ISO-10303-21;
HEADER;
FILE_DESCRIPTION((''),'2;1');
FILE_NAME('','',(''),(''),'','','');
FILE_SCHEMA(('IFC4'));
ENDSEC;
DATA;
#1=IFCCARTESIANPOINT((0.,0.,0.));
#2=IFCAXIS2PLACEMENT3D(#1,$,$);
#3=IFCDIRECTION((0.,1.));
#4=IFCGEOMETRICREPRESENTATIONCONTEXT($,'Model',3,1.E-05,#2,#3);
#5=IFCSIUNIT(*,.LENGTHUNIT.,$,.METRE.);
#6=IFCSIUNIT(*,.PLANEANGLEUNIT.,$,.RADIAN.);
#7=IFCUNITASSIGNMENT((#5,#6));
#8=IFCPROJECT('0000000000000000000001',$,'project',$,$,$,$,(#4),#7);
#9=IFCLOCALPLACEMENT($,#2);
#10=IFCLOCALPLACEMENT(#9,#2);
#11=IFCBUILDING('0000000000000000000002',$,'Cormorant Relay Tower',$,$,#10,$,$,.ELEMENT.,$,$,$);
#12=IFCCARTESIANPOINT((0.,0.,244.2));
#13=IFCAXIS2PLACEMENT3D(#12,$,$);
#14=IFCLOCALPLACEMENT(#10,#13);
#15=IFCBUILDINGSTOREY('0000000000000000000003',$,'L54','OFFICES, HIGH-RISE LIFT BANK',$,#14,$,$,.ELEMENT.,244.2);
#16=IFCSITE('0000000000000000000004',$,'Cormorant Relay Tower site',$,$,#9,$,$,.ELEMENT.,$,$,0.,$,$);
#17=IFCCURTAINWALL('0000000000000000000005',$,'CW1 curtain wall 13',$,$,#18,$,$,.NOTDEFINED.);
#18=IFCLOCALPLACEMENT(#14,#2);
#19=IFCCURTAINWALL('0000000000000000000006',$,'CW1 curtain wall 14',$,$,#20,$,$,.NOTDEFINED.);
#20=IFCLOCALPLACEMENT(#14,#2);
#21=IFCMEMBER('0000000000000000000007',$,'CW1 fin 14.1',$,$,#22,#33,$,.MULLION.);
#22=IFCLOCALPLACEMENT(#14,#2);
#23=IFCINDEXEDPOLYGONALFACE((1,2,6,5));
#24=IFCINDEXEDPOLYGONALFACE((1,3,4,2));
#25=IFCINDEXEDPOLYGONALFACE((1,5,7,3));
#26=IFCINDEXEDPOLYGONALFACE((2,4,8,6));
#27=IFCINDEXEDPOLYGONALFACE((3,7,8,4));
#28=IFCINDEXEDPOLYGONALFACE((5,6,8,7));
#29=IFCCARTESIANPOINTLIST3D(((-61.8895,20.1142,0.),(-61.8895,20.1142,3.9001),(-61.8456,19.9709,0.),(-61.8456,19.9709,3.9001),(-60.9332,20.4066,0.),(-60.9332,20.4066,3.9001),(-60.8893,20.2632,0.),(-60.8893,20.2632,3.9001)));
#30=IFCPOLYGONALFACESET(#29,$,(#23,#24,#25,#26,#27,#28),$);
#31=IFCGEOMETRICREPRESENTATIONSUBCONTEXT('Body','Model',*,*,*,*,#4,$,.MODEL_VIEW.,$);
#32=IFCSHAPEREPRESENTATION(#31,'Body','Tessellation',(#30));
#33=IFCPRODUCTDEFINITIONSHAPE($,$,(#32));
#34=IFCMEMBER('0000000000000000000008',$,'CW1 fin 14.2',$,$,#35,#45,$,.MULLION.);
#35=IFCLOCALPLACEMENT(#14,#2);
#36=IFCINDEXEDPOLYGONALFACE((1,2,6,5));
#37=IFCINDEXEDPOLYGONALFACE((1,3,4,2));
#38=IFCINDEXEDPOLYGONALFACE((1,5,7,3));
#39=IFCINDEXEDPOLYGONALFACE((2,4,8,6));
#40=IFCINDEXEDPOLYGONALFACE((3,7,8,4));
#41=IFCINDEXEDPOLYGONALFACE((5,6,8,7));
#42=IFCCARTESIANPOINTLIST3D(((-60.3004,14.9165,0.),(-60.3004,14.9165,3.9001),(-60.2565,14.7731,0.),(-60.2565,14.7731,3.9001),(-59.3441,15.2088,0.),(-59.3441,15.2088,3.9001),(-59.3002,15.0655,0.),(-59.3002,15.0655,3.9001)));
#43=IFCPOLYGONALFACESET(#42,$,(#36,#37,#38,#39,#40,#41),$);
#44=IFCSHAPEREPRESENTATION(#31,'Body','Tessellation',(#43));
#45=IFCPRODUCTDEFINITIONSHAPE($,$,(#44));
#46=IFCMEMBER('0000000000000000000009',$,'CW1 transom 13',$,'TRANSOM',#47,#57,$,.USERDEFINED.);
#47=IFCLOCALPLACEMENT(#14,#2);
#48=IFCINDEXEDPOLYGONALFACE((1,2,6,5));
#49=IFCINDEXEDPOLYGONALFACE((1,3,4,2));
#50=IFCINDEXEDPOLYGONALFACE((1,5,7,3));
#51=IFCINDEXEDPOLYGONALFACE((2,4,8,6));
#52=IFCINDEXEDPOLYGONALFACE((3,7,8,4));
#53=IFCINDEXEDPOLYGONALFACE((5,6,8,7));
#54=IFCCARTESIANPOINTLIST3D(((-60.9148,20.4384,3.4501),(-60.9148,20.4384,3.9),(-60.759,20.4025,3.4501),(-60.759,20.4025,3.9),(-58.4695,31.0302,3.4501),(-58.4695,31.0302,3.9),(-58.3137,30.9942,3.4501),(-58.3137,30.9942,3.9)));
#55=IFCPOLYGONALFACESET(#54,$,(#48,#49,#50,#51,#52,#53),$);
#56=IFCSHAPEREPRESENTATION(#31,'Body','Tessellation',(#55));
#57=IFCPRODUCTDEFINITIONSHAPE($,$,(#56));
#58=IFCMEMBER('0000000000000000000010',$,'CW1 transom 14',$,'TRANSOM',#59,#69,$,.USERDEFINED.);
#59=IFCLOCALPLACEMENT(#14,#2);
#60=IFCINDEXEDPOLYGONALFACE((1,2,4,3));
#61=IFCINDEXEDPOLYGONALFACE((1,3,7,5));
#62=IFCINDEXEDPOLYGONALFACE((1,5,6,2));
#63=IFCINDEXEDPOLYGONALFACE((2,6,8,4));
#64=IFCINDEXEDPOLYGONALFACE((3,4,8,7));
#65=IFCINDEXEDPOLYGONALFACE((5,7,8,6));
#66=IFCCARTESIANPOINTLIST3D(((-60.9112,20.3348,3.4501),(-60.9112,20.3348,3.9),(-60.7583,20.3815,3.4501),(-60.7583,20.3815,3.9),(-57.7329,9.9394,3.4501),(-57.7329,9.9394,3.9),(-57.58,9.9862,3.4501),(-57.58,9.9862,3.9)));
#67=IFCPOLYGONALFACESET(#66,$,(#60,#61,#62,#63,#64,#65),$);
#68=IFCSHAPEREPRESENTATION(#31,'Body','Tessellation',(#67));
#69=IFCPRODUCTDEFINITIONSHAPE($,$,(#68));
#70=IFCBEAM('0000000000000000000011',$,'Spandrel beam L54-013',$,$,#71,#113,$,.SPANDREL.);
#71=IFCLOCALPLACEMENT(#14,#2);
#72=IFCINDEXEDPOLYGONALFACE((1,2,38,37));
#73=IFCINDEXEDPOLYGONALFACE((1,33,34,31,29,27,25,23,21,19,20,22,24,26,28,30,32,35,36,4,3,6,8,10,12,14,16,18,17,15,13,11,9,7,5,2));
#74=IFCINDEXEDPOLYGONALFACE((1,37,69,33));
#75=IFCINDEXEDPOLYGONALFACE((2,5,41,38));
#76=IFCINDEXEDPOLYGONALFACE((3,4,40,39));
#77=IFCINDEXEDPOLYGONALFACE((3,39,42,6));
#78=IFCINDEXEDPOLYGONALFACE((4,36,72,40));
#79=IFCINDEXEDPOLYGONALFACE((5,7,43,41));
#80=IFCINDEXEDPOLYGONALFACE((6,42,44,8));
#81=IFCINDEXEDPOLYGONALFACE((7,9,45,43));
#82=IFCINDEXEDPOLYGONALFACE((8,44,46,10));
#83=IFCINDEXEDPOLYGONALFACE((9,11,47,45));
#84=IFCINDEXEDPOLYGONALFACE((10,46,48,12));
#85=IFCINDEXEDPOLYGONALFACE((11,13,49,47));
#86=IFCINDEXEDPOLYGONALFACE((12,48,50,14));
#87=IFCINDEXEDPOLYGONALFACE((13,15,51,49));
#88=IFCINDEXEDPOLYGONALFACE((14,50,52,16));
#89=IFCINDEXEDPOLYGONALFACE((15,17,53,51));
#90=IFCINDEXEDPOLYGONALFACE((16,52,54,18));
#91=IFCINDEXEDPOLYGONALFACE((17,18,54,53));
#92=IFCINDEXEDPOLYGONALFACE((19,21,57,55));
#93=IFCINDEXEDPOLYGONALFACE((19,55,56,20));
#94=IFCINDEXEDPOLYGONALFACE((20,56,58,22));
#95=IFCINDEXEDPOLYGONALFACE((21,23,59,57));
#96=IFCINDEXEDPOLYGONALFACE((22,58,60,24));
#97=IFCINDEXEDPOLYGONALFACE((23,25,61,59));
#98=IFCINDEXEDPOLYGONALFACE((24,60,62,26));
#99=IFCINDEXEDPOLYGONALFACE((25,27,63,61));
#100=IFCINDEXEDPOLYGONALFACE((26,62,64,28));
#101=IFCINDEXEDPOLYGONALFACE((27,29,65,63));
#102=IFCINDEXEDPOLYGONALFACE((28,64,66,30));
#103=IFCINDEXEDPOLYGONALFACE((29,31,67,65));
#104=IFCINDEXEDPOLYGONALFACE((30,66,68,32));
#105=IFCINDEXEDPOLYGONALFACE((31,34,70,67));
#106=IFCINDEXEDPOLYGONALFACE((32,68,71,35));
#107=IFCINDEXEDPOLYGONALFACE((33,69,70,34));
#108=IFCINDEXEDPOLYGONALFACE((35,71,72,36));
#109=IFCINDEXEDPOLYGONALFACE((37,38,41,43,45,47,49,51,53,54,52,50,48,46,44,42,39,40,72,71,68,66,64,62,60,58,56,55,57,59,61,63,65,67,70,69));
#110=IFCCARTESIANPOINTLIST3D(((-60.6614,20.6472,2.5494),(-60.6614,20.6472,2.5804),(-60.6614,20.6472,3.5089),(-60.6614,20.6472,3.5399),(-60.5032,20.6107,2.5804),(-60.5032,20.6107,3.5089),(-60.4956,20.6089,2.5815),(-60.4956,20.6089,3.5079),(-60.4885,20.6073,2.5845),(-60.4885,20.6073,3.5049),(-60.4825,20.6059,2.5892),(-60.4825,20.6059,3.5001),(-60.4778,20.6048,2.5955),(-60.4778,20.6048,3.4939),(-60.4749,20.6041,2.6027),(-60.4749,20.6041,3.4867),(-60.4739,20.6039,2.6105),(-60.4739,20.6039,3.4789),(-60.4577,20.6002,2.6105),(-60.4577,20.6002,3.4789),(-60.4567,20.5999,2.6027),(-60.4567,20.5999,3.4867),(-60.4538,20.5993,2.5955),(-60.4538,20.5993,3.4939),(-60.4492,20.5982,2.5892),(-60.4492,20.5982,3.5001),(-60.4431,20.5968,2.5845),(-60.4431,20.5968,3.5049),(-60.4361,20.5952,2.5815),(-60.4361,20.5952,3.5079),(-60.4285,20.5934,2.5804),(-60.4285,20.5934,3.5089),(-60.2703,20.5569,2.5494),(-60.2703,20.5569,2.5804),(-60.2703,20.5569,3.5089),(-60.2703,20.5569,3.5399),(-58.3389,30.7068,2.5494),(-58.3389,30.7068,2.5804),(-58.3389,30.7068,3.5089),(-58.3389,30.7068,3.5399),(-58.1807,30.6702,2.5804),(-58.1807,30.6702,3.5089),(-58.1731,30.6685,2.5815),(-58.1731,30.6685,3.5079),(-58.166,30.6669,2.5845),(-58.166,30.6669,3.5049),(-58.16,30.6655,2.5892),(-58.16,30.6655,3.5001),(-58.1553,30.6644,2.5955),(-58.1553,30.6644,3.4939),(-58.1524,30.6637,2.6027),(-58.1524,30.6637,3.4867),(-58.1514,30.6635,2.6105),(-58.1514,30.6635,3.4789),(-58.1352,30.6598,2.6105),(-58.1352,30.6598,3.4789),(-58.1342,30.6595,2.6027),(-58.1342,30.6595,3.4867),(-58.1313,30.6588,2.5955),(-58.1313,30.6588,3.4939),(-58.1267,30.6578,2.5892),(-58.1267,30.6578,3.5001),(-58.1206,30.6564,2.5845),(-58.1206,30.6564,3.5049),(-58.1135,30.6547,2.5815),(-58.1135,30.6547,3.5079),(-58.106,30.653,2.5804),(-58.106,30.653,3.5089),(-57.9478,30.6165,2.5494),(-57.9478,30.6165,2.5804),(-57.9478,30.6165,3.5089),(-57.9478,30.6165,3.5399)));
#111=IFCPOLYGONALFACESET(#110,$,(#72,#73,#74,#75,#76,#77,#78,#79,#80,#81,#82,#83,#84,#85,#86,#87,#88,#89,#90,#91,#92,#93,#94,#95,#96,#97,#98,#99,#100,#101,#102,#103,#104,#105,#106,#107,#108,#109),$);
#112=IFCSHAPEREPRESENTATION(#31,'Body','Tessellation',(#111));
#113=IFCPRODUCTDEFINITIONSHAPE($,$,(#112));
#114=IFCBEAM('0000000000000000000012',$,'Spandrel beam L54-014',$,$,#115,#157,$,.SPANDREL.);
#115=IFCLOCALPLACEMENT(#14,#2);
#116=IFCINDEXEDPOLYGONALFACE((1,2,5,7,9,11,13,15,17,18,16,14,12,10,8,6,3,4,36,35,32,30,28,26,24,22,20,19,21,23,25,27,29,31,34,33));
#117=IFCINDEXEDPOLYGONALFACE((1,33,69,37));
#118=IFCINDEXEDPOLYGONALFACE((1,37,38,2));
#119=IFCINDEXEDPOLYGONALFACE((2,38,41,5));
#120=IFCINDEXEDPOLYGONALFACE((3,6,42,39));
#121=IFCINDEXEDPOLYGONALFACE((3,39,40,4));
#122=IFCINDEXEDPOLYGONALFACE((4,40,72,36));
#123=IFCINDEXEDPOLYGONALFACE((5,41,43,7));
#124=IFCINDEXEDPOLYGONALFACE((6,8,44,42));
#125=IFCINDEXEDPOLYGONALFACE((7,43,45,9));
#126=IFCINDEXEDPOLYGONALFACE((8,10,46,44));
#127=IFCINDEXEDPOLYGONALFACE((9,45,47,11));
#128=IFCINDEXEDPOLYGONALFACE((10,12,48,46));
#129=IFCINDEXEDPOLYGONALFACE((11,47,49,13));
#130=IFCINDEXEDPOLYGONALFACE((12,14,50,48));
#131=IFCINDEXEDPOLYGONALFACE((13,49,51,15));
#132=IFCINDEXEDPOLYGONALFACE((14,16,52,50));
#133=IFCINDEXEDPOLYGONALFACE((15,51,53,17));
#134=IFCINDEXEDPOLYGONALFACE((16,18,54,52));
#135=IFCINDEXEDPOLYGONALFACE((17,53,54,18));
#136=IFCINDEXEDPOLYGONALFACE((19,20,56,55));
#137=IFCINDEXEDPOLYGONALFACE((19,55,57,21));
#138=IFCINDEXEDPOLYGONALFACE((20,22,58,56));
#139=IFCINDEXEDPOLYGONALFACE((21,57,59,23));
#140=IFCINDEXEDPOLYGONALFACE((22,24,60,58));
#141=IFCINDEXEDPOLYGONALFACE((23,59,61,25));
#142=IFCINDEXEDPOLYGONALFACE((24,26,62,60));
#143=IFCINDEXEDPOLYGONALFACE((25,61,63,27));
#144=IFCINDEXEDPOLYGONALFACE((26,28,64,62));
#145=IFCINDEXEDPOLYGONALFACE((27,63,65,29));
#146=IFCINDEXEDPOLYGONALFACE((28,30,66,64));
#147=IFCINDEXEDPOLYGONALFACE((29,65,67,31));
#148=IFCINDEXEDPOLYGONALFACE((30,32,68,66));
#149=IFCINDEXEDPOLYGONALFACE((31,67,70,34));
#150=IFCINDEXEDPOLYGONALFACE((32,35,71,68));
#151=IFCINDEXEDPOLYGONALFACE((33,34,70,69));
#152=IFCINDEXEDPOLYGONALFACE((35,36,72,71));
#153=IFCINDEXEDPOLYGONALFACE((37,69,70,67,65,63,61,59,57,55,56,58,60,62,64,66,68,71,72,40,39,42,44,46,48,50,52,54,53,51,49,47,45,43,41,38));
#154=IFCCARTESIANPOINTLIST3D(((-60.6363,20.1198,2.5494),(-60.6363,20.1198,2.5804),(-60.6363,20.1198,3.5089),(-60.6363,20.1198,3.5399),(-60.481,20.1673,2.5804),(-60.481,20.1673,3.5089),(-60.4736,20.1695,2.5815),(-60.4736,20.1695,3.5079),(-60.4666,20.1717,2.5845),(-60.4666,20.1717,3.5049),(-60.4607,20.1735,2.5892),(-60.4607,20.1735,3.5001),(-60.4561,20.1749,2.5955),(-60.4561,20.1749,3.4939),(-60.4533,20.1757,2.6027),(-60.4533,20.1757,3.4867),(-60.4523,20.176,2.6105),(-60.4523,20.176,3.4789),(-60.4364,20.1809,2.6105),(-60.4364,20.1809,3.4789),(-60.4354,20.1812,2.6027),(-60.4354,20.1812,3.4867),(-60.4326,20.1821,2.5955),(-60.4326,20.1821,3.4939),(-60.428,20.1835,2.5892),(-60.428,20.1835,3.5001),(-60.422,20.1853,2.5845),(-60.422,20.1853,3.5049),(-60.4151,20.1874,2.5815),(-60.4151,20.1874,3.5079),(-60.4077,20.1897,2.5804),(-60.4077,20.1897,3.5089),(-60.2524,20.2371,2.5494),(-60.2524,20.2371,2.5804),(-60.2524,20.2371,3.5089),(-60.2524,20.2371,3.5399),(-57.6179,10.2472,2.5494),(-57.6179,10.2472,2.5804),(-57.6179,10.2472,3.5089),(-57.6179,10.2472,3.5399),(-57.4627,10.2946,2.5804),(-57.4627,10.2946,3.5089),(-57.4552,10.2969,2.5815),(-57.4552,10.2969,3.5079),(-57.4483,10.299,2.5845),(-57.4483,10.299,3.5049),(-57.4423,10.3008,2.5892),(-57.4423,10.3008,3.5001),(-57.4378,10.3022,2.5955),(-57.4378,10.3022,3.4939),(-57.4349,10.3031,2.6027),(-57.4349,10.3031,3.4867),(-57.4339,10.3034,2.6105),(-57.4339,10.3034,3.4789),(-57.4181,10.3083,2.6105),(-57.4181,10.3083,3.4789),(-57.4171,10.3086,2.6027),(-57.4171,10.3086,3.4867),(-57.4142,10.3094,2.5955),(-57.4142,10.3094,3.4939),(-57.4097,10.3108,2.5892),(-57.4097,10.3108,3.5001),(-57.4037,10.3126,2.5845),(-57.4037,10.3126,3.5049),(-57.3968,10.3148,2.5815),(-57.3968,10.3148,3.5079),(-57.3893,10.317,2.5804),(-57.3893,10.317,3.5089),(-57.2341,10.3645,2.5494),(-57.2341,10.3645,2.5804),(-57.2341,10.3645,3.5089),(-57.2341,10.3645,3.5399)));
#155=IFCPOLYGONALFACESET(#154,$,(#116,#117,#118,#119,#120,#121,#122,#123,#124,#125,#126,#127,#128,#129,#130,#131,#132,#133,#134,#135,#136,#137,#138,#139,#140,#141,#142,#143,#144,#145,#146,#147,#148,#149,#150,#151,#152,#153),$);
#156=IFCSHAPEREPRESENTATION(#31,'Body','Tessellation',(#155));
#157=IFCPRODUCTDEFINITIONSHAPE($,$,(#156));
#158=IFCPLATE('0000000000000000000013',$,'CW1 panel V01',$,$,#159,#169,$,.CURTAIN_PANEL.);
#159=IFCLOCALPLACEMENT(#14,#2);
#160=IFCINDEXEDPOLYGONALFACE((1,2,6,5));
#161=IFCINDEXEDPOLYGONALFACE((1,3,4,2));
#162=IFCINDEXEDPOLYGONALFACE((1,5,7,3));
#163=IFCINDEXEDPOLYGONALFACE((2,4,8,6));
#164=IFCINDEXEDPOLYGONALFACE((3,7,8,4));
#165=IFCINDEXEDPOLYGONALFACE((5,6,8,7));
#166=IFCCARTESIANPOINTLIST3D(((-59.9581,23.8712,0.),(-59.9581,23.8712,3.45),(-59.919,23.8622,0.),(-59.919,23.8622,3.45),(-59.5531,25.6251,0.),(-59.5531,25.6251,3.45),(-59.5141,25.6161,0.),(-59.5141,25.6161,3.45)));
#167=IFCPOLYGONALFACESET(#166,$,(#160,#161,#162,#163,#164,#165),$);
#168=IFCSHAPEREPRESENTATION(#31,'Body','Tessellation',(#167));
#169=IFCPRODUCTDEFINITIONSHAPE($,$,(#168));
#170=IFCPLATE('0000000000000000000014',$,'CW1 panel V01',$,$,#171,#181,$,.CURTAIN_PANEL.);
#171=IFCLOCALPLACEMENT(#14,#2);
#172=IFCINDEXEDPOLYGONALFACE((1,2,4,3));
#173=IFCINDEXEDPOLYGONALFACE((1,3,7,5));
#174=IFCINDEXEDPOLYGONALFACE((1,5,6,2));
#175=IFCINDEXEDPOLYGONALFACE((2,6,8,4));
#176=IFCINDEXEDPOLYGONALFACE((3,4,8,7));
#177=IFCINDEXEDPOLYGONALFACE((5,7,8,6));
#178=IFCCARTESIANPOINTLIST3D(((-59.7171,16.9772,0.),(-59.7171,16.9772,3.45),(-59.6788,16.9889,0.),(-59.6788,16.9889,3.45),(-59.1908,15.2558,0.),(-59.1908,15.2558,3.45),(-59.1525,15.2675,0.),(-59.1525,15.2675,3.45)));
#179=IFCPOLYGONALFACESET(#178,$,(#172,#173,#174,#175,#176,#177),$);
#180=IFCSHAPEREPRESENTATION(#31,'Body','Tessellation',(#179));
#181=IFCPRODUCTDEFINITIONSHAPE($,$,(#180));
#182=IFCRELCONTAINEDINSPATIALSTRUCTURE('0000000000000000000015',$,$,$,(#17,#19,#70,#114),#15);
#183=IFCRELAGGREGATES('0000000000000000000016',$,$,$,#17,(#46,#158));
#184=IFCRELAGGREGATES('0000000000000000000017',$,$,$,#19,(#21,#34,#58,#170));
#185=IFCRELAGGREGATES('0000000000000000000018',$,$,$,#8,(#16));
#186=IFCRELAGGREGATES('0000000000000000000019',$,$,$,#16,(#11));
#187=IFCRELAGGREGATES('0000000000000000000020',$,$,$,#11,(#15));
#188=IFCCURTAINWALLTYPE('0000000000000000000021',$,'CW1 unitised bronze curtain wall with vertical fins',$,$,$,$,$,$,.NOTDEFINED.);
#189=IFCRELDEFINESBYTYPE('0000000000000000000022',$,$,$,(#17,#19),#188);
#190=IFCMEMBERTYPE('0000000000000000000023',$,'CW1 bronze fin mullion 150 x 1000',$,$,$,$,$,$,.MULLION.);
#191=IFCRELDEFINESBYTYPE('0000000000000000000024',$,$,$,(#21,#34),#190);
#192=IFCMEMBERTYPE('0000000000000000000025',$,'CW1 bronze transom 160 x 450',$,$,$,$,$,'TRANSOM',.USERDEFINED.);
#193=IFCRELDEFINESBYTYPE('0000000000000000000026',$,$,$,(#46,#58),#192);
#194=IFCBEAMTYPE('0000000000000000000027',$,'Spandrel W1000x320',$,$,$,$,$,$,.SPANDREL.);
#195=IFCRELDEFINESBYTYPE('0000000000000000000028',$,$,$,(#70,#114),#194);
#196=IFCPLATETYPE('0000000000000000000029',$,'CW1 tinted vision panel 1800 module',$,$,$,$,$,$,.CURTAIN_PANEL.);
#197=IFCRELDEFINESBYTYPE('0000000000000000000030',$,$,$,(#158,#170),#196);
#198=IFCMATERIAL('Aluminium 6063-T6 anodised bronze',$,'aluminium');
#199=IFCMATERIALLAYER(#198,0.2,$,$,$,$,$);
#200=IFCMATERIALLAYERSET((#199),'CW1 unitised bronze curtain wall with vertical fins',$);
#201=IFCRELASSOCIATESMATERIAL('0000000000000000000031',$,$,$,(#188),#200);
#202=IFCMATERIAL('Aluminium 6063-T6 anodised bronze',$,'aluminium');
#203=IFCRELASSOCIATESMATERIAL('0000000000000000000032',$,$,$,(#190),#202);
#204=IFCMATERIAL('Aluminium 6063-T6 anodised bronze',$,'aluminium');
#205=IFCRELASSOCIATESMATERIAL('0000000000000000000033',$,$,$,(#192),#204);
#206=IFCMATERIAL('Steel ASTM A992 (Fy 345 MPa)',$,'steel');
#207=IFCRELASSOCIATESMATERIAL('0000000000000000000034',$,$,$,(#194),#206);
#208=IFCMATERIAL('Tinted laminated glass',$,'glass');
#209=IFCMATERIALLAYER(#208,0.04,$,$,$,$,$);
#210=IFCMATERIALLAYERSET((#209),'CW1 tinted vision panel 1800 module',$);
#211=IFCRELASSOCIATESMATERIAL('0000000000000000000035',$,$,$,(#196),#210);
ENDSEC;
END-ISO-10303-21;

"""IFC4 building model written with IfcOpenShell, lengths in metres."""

from ifc_helpers import new_model, si_unit, direction, frame, origin, origin_2d, place, context, subcontext, project, spatial, rectangle, i_section, extrude, material, layer, layer_set, material_profile, profile_set, type_object, element, aggregate, save


model = new_model("IFC4")

# Units and contexts
model_context = context("Model", 3, precision=1e-05, world=origin(), true_north=direction((0.0, 1.0)))
body_context = subcontext(model_context, "Body", "Model", "MODEL_VIEW")
ifc_project = project(units=[si_unit("LENGTHUNIT", "METRE"), si_unit("PLANEANGLEUNIT", "RADIAN")], contexts=[model_context])

# Site, building, storey
site_placement = place(None, origin())
site = spatial("IfcSite", under=ifc_project, at=site_placement, Name="Cormorant Relay Tower site", CompositionType="ELEMENT", RefElevation=0.0)
building_placement = place(site_placement, origin())
building = spatial("IfcBuilding", under=site, at=building_placement, Name="Cormorant Relay Tower", CompositionType="ELEMENT")
storey_placement = place(building_placement, frame((0.0, 0.0, 244.2)))
storey = spatial("IfcBuildingStorey", under=building, at=storey_placement, Name="L54", Description="OFFICES, HIGH-RISE LIFT BANK", CompositionType="ELEMENT", Elevation=244.2)

# Curtain wall
ifc_material_1 = material(Name="Aluminium 6063-T6 anodised bronze", Category="aluminium")
ifc_layer_1 = layer(ifc_material_1, 0.2)
ifc_layer_set_1 = layer_set([ifc_layer_1], Name="CW1 unitised bronze curtain wall with vertical fins")
curtain_wall_type = type_object("IfcCurtainWallType", Name="CW1 unitised bronze curtain wall with vertical fins", PredefinedType="NOTDEFINED", material=ifc_layer_set_1)
curtain_wall_1_placement = place(storey_placement, origin())
curtain_wall_1 = element("IfcCurtainWall", 1, at=curtain_wall_1_placement, inside=storey, type_object=curtain_wall_type, Name="CW1 curtain wall 13", PredefinedType="NOTDEFINED")
ifc_material_2 = material(Name="Aluminium 6063-T6 anodised bronze", Category="aluminium")
ifc_material_profile_1 = material_profile(ifc_material_2, rectangle(XDim=0.1499, YDim=1.0, at=origin_2d()), Name="AL 150x1000")
ifc_profile_set_1 = profile_set([ifc_material_profile_1], Name="Aluminium 6063-T6 anodised bronze")
member_type_1 = type_object("IfcMemberType", Name="CW1 bronze fin mullion 150 x 1000", PredefinedType="MULLION", material=ifc_profile_set_1)

# Curtain wall, members
curtain_wall_2_placement = place(storey_placement, origin())
curtain_wall_2 = element("IfcCurtainWall", 2, at=curtain_wall_2_placement, inside=storey, type_object=curtain_wall_type, Name="CW1 curtain wall 14", PredefinedType="NOTDEFINED")
member_1_placement = place(storey_placement, frame((-61.3894, 20.1887, 0.0), z_axis=(0.0, 0.0, 1.0), x_axis=(0.292372, -0.956305, 0.0)))
member_1 = element("IfcMember", 3, at=member_1_placement, type_object=member_type_1, Name="CW1 fin 14.1", PredefinedType="MULLION", context=body_context, shape_type="SweptSolid", body=[
    extrude(rectangle(XDim=0.1499, YDim=1.0, at=origin_2d()), origin(), (0.0, 0.0, 1.0), 3.9001),
])
member_2_placement = place(storey_placement, frame((-59.8003, 14.991, 0.0), z_axis=(0.0, 0.0, 1.0), x_axis=(0.292372, -0.956305, 0.0)))
member_2 = element("IfcMember", 4, at=member_2_placement, type_object=member_type_1, Name="CW1 fin 14.2", PredefinedType="MULLION", context=body_context, shape_type="SweptSolid", body=[
    extrude(rectangle(XDim=0.1499, YDim=1.0, at=origin_2d()), origin(), (0.0, 0.0, 1.0), 3.9001),
])

# Members
ifc_material_3 = material(Name="Aluminium 6063-T6 anodised bronze", Category="aluminium")
ifc_material_profile_2 = material_profile(ifc_material_3, rectangle(XDim=0.1599, YDim=0.45, at=origin_2d()), Name="AL 160x450")
ifc_profile_set_2 = profile_set([ifc_material_profile_2], Name="Aluminium 6063-T6 anodised bronze")
member_type_2 = type_object("IfcMemberType", Name="CW1 bronze transom 160 x 450", ElementType="TRANSOM", PredefinedType="USERDEFINED", material=ifc_profile_set_2)
member_3_placement = place(storey_placement, frame((-58.3916, 31.0122, 3.675), z_axis=(-0.224951, -0.97437, 0.0), x_axis=(0.97437, -0.224951, 0.0)))
member_3 = element("IfcMember", 5, at=member_3_placement, type_object=member_type_2, Name="CW1 transom 13", ObjectType="TRANSOM", PredefinedType="USERDEFINED", context=body_context, shape_type="SweptSolid", body=[
    extrude(rectangle(XDim=0.1599, YDim=0.45, at=origin_2d()), origin(), (0.0, 0.0, 1.0), 10.8704),
])
member_4_placement = place(storey_placement, frame((-60.8347, 20.3582, 3.675), z_axis=(0.292378, -0.956303, 0.0), x_axis=(0.956303, 0.292378, 0.0)))
member_4 = element("IfcMember", 6, at=member_4_placement, type_object=member_type_2, Name="CW1 transom 14", ObjectType="TRANSOM", PredefinedType="USERDEFINED", context=body_context, shape_type="SweptSolid", body=[
    extrude(rectangle(XDim=0.1599, YDim=0.45, at=origin_2d()), origin(), (0.0, 0.0, 1.0), 10.8704),
])

# Beams
ifc_material_4 = material(Name="Steel ASTM A992 (Fy 345 MPa)", Category="steel")
ifc_material_profile_3 = material_profile(ifc_material_4, i_section(OverallWidth=0.4014, OverallDepth=0.9905, WebThickness=0.0166, FlangeThickness=0.031, FilletRadius=0.03, at=origin_2d()), Name="W1000x320")
ifc_profile_set_3 = profile_set([ifc_material_profile_3], Name="Steel ASTM A992 (Fy 345 MPa)")
beam_type = type_object("IfcBeamType", Name="Spandrel W1000x320", PredefinedType="SPANDREL", material=ifc_profile_set_3)
beam_1_placement = place(storey_placement, frame((-58.1433, 30.6616, 3.0447), z_axis=(-0.224958, -0.974368, 0.0), x_axis=(0.974368, -0.224958, 0.0)))
element("IfcBeam", 7, at=beam_1_placement, inside=storey, type_object=beam_type, Name="Spandrel beam L54-013", PredefinedType="SPANDREL", context=body_context, shape_type="SweptSolid", body=[
    extrude(i_section(OverallWidth=0.4014, OverallDepth=0.9905, WebThickness=0.0166, FlangeThickness=0.031, FilletRadius=0.03, at=origin_2d()), origin(), (0.0, 0.0, 1.0), 10.3242),
])
beam_2_placement = place(storey_placement, frame((-60.4443, 20.1785, 3.0447), z_axis=(0.292369, -0.956306, 0.0), x_axis=(0.956306, 0.292369, 0.0)))
element("IfcBeam", 8, at=beam_2_placement, inside=storey, type_object=beam_type, Name="Spandrel beam L54-014", PredefinedType="SPANDREL", context=body_context, shape_type="SweptSolid", body=[
    extrude(i_section(OverallWidth=0.4014, OverallDepth=0.9905, WebThickness=0.0166, FlangeThickness=0.031, FilletRadius=0.03, at=origin_2d()), origin(), (0.0, 0.0, 1.0), 10.3237),
])

# Plates
ifc_material_5 = material(Name="Tinted laminated glass", Category="glass")
ifc_layer_2 = layer(ifc_material_5, 0.04)
ifc_layer_set_2 = layer_set([ifc_layer_2], Name="CW1 tinted vision panel 1800 module")
plate_type = type_object("IfcPlateType", Name="CW1 tinted vision panel 1800 module", PredefinedType="CURTAIN_PANEL", material=ifc_layer_set_2)
plate_1_placement = place(storey_placement, frame((-59.7361, 24.7437, 0.0), z_axis=(0.0, 0.0, 1.0), x_axis=(-0.224951, -0.97437, 0.0)))
plate_1 = element("IfcPlate", 9, at=plate_1_placement, type_object=plate_type, Name="CW1 panel V01", PredefinedType="CURTAIN_PANEL", context=body_context, shape_type="SweptSolid", body=[
    extrude(rectangle(XDim=1.8, YDim=0.04, at=origin_2d()), origin(), (0.0, 0.0, 1.0), 3.45),
])
plate_2_placement = place(storey_placement, frame((-59.4348, 16.1223, 0.0), z_axis=(0.0, 0.0, 1.0), x_axis=(0.292372, -0.956305, 0.0)))
plate_2 = element("IfcPlate", 10, at=plate_2_placement, type_object=plate_type, Name="CW1 panel V01", PredefinedType="CURTAIN_PANEL", context=body_context, shape_type="SweptSolid", body=[
    extrude(rectangle(XDim=1.8, YDim=0.04, at=origin_2d()), origin(), (0.0, 0.0, 1.0), 3.45),
])

aggregate(curtain_wall_1, [member_3, plate_1])
aggregate(curtain_wall_2, [member_1, member_2, member_4, plate_2])

save(model, "model.ifc")
